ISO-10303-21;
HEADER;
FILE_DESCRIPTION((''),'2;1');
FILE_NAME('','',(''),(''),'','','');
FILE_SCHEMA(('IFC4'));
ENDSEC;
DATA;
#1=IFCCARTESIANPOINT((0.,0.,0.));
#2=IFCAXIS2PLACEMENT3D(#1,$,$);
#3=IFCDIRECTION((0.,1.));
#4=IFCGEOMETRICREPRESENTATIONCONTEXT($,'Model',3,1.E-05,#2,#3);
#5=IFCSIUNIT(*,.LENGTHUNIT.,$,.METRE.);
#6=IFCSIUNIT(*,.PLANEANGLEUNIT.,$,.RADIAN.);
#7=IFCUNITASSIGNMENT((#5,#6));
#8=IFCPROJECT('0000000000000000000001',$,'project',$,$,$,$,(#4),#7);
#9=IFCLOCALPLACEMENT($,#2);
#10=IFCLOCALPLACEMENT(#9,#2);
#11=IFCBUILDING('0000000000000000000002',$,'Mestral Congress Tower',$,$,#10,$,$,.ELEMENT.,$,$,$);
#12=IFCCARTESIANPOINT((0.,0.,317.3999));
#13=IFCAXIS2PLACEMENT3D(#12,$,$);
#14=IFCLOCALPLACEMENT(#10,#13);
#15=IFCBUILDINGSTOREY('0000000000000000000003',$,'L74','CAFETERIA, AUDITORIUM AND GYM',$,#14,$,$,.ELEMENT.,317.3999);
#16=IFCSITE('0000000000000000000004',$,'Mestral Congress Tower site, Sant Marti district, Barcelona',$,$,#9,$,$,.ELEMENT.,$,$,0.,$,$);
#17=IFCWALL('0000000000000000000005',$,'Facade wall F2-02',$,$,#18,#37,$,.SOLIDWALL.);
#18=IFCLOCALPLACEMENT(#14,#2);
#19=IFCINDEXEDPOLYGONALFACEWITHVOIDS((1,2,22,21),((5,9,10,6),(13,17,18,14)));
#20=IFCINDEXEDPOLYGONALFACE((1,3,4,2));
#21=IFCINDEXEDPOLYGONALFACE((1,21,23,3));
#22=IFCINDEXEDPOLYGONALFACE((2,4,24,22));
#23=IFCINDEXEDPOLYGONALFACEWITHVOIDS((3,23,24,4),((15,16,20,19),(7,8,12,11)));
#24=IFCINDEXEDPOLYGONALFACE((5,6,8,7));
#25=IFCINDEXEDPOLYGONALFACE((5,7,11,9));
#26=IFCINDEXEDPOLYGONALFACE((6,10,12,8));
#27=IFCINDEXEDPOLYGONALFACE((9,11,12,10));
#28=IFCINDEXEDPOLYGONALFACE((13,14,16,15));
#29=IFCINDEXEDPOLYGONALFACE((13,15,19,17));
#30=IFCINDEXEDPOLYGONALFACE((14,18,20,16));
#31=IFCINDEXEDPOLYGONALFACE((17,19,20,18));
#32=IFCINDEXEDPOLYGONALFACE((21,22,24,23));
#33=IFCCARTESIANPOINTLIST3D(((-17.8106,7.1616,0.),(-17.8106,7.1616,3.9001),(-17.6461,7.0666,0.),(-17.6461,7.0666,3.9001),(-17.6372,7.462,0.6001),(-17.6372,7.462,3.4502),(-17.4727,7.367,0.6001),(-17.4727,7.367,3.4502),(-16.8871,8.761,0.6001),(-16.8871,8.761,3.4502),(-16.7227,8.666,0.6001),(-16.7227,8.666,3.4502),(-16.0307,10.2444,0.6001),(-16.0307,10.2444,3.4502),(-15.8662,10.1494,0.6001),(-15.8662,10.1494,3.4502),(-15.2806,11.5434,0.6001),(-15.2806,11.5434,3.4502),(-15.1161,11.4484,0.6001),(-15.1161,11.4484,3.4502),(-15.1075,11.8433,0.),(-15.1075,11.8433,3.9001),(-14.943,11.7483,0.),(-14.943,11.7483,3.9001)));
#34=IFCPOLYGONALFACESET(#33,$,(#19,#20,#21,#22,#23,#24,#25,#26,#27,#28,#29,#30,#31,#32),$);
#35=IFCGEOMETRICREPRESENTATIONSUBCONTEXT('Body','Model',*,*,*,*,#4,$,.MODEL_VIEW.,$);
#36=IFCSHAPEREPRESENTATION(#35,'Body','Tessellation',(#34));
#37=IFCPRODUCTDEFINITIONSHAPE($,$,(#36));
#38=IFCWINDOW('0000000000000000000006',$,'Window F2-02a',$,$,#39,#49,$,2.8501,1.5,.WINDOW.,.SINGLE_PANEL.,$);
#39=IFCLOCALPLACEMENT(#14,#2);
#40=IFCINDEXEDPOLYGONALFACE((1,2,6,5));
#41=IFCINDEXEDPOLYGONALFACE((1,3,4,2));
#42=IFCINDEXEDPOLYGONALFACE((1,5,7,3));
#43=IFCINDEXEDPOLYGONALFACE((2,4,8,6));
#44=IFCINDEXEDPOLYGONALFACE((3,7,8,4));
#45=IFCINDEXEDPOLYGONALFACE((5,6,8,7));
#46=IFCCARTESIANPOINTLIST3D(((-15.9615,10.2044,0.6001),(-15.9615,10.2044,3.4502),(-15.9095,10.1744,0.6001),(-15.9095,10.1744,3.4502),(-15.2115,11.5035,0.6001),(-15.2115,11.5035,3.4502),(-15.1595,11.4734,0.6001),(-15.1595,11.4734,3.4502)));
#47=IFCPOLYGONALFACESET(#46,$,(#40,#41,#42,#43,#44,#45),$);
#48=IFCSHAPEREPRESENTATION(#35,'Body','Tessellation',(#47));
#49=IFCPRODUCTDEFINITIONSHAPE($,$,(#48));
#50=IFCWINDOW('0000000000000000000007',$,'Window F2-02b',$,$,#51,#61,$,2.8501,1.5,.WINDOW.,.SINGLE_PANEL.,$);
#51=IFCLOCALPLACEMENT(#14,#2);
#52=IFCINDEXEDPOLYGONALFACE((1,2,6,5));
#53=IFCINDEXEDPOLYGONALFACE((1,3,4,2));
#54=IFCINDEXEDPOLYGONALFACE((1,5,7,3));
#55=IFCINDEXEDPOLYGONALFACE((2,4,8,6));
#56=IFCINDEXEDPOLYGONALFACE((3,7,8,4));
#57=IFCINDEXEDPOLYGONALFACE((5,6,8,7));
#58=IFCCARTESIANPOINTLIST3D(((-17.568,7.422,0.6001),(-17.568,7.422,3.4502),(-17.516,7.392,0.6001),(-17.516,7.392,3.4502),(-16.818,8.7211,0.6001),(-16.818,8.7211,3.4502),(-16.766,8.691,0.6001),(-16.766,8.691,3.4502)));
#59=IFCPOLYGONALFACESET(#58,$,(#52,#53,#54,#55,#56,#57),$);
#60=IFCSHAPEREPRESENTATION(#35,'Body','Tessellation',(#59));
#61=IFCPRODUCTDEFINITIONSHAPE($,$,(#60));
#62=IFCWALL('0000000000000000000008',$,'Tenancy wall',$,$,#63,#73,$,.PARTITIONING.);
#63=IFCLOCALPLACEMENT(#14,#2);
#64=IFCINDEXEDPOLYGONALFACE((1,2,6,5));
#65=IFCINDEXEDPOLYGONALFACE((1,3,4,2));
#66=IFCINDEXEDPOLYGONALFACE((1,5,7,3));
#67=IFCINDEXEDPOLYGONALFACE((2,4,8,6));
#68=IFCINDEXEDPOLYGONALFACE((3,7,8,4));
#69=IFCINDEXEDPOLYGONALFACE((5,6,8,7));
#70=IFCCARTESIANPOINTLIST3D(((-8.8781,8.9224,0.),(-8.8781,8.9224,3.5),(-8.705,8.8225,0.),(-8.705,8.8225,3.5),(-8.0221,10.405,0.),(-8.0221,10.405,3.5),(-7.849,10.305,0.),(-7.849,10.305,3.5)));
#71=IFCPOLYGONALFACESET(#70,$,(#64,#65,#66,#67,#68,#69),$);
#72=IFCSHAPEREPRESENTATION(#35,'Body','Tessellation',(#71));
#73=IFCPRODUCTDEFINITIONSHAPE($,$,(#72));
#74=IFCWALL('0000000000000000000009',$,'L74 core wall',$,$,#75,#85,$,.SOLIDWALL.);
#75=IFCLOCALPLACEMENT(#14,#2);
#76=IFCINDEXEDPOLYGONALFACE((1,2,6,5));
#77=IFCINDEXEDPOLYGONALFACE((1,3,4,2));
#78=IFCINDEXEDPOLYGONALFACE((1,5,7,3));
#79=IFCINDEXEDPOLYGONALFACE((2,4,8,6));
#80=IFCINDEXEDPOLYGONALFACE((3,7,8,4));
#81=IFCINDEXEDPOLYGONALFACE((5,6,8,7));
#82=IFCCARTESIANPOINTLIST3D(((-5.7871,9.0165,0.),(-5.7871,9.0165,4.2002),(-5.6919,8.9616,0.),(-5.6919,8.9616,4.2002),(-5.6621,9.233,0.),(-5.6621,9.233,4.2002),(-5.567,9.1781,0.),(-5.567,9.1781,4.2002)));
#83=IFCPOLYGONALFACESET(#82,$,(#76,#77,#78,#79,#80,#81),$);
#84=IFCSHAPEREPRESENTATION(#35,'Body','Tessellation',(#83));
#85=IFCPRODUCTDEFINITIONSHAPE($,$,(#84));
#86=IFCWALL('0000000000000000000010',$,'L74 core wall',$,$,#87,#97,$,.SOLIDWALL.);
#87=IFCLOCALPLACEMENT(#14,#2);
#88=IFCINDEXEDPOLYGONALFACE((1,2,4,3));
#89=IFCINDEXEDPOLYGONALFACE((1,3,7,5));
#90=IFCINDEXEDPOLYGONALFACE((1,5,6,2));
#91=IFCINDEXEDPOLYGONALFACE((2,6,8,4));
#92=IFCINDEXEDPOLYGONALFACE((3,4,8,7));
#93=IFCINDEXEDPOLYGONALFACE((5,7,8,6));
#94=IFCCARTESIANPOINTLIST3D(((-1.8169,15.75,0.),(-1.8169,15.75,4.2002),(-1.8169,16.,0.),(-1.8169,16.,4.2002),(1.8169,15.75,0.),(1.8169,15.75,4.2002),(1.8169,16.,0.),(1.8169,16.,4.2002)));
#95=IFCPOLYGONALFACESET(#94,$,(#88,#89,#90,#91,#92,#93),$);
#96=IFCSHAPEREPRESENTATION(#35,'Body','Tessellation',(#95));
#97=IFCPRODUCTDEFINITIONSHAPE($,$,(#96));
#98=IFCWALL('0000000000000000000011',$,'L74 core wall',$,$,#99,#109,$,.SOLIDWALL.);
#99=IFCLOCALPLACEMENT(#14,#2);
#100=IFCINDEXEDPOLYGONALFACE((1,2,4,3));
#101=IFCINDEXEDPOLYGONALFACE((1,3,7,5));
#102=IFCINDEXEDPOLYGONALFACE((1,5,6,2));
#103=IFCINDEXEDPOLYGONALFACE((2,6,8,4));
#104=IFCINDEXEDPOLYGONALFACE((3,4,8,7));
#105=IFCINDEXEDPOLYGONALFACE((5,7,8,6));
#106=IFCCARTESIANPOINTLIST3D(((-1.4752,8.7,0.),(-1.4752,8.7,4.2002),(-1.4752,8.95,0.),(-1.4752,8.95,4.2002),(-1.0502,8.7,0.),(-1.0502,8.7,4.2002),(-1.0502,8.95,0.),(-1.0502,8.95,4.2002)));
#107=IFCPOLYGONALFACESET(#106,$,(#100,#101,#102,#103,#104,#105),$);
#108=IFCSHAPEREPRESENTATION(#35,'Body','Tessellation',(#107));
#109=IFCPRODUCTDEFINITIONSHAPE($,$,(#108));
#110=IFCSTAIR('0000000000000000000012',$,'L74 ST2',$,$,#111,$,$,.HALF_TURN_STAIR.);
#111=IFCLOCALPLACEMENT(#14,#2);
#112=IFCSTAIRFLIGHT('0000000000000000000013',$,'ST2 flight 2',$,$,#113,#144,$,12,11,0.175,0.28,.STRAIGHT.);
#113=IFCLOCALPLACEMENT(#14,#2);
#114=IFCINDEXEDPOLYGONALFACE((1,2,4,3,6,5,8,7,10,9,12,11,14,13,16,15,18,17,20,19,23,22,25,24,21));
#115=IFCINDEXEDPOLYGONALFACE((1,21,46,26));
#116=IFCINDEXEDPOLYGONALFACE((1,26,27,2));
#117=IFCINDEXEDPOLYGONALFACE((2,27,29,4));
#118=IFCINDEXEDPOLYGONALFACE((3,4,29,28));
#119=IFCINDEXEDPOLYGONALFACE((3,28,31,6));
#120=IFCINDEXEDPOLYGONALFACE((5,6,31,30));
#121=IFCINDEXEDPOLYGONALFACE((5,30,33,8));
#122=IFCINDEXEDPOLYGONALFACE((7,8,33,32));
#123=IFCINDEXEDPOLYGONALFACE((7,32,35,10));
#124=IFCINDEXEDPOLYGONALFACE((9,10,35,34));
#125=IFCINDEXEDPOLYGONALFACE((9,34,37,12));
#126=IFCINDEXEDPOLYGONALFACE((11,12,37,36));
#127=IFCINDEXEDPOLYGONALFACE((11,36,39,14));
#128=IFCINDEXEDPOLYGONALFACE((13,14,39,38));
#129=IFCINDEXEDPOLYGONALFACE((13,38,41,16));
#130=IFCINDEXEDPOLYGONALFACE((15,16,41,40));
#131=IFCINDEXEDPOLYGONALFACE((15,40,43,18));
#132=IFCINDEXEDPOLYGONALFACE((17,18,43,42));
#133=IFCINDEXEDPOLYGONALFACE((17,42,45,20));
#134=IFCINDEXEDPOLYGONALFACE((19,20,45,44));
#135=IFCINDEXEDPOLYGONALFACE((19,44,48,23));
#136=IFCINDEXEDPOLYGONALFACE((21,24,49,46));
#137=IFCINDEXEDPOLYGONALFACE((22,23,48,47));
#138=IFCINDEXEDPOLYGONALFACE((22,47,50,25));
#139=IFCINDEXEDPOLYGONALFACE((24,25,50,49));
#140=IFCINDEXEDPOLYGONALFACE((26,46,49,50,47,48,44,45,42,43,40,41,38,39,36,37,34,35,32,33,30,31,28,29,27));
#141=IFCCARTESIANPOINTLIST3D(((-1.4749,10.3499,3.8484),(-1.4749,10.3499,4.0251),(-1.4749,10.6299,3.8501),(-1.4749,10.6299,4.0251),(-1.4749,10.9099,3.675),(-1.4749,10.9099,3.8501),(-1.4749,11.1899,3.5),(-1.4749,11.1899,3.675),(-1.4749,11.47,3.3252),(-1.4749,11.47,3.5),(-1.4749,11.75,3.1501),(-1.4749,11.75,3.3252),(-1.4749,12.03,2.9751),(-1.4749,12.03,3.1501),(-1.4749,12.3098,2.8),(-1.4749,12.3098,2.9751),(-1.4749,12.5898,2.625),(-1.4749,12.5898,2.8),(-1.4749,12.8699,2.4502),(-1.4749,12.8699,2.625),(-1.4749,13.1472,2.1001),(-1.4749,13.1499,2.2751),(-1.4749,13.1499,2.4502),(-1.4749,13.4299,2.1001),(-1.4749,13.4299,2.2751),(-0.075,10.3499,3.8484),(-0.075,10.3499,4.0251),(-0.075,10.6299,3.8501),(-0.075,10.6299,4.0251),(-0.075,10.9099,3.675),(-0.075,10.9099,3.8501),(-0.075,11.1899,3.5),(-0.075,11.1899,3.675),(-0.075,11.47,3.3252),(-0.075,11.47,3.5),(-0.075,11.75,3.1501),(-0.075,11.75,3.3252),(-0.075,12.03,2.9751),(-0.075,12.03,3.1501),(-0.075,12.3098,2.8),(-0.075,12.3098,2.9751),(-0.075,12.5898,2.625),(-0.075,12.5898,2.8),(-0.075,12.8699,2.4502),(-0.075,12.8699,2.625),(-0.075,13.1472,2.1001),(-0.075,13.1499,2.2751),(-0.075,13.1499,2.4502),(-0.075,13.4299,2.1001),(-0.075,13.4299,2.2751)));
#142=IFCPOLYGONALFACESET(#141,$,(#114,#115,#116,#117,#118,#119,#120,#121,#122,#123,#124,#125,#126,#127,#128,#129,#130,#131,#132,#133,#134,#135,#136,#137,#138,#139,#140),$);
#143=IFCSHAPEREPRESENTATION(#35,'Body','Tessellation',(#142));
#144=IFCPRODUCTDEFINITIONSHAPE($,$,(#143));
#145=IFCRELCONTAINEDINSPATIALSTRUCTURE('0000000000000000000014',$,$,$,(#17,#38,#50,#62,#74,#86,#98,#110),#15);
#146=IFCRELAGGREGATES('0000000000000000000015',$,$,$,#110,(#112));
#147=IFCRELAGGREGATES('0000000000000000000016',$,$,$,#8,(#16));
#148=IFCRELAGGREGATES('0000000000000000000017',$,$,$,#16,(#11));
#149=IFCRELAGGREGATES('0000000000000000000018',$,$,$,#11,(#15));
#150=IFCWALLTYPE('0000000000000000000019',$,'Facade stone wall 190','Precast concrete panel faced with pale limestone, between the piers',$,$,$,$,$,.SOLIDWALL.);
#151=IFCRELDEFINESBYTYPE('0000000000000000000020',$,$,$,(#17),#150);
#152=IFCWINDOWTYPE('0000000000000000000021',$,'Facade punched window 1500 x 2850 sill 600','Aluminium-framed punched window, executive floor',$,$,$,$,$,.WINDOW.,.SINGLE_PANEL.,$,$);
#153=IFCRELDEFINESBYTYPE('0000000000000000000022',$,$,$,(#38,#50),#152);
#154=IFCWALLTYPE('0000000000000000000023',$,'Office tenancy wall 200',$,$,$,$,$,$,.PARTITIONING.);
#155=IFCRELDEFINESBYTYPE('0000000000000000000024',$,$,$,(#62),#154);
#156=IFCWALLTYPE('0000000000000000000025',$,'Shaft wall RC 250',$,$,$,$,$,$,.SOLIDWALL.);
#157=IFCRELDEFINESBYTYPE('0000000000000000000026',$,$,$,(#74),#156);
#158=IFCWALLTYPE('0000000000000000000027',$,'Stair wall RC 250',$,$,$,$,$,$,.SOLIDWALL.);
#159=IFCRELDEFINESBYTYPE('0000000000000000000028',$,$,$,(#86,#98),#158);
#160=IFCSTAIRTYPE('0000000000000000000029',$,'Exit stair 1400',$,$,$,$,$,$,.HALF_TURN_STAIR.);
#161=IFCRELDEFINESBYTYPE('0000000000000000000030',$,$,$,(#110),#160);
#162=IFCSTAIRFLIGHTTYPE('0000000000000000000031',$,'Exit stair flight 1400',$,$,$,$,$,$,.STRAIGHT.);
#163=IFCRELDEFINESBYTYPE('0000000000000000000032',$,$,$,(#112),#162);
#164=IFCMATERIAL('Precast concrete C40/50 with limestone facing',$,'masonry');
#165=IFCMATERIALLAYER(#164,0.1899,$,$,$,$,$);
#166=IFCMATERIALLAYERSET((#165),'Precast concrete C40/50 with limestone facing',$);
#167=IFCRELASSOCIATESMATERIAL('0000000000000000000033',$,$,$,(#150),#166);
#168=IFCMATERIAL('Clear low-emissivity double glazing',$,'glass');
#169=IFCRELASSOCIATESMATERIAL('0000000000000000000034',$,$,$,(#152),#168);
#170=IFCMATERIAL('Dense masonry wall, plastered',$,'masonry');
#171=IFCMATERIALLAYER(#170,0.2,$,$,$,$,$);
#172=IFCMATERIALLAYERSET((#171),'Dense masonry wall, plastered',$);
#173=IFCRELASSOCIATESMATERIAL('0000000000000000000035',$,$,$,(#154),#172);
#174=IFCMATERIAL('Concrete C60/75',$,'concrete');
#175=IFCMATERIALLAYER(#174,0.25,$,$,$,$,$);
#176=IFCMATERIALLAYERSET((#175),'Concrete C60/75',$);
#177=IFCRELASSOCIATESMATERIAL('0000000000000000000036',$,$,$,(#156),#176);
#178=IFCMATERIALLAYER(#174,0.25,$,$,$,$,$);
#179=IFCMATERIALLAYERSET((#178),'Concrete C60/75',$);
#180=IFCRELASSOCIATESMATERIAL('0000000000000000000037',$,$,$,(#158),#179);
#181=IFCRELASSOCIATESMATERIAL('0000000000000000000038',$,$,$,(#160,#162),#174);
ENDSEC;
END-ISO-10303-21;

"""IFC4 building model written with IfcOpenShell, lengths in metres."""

from ifc_helpers import new_model, si_unit, direction, frame, frame_2d, origin, place, context, subcontext, project, spatial, polyline, rectangle, outline, extrude, material, layer, layer_set, type_object, element, fill, aggregate, save


model = new_model("IFC4")

# Units and contexts
model_context = context("Model", 3, precision=1e-05, world=origin(), true_north=direction((0.0, 1.0)))
body_context = subcontext(model_context, "Body", "Model", "MODEL_VIEW")
ifc_project = project(units=[si_unit("LENGTHUNIT", "METRE"), si_unit("PLANEANGLEUNIT", "RADIAN")], contexts=[model_context])

# Site, building, storey
site_placement = place(None, origin())
site = spatial("IfcSite", under=ifc_project, at=site_placement, Name="Mestral Congress Tower site, Sant Marti district, Barcelona", CompositionType="ELEMENT", RefElevation=0.0)
building_placement = place(site_placement, origin())
building = spatial("IfcBuilding", under=site, at=building_placement, Name="Mestral Congress Tower", CompositionType="ELEMENT")
storey_placement = place(building_placement, frame((0.0, 0.0, 317.3999)))
storey = spatial("IfcBuildingStorey", under=building, at=storey_placement, Name="L74", Description="CAFETERIA, AUDITORIUM AND GYM", CompositionType="ELEMENT", Elevation=317.3999)

# Shared definitions
ifc_material_1 = material(Name="Concrete C60/75", Category="concrete")

# Wall, openings, windows
ifc_material_2 = material(Name="Precast concrete C40/50 with limestone facing", Category="masonry")
ifc_layer_1 = layer(ifc_material_2, 0.1899)
ifc_layer_set_1 = layer_set([ifc_layer_1], Name="Precast concrete C40/50 with limestone facing")
wall_type_1 = type_object("IfcWallType", Name="Facade stone wall 190", Description="Precast concrete panel faced with pale limestone, between the piers", PredefinedType="SOLIDWALL", material=ifc_layer_set_1)
ifc_material_3 = material(Name="Clear low-emissivity double glazing", Category="glass")
window_type = type_object("IfcWindowType", Name="Facade punched window 1500 x 2850 sill 600", Description="Aluminium-framed punched window, executive floor", PartitioningType="SINGLE_PANEL", PredefinedType="WINDOW", material=ifc_material_3)
wall_1_placement = place(storey_placement, frame((-15.0251, 11.7959, 0.0), z_axis=(0.0, 0.0, 1.0), x_axis=(-0.500025, -0.866011, 0.0)))
wall_1 = element("IfcWall", 1, at=wall_1_placement, inside=storey, type_object=wall_type_1, Name="Facade wall F2-02", PredefinedType="SOLIDWALL", context=body_context, shape_type="SweptSolid", body=[
    extrude(rectangle(XDim=5.406, YDim=0.1899, at=frame_2d((2.7031, 0.0))), origin(), (0.0, 0.0, 1.0), 3.9001),
])
opening_1_placement = place(wall_1_placement, frame((0.3464, 0.0, 0.6001)))
opening_1 = element("IfcOpeningElement", 2, at=opening_1_placement, cuts=wall_1, PredefinedType="OPENING", context=body_context, shape_type="SweptSolid", body=[
    extrude(rectangle(XDim=1.5, YDim=2.8501, at=frame_2d((0.75, 1.425))), frame((0.0, 0.105, 0.0), z_axis=(0.0, -1.0, 0.0), x_axis=(1.0, 0.0, 0.0)), (0.0, 0.0, 1.0), 0.21),
])
opening_2_placement = place(wall_1_placement, frame((3.5593, 0.0, 0.6001)))
opening_2 = element("IfcOpeningElement", 3, at=opening_2_placement, cuts=wall_1, PredefinedType="OPENING", context=body_context, shape_type="SweptSolid", body=[
    extrude(rectangle(XDim=1.5, YDim=2.8501, at=frame_2d((0.75, 1.425))), frame((0.0, 0.105, 0.0), z_axis=(0.0, -1.0, 0.0), x_axis=(1.0, 0.0, 0.0)), (0.0, 0.0, 1.0), 0.21),
])
window_1_placement = place(opening_1_placement, origin())
window_1 = element("IfcWindow", 4, at=window_1_placement, inside=storey, type_object=window_type, Name="Window F2-02a", OverallHeight=2.8501, OverallWidth=1.5, PartitioningType="SINGLE_PANEL", PredefinedType="WINDOW", context=body_context, shape_type="SweptSolid", body=[
    extrude(rectangle(XDim=1.5, YDim=2.8501, at=frame_2d((0.75, 1.425))), frame((0.0, 0.0449, 0.0), z_axis=(0.0, -1.0, 0.0), x_axis=(1.0, 0.0, 0.0)), (0.0, 0.0, 1.0), 0.0601),
])
fill(opening_1, window_1)
window_2_placement = place(opening_2_placement, origin())
window_2 = element("IfcWindow", 5, at=window_2_placement, inside=storey, type_object=window_type, Name="Window F2-02b", OverallHeight=2.8501, OverallWidth=1.5, PartitioningType="SINGLE_PANEL", PredefinedType="WINDOW", context=body_context, shape_type="SweptSolid", body=[
    extrude(rectangle(XDim=1.5, YDim=2.8501, at=frame_2d((0.75, 1.425))), frame((0.0, 0.0449, 0.0), z_axis=(0.0, -1.0, 0.0), x_axis=(1.0, 0.0, 0.0)), (0.0, 0.0, 1.0), 0.0601),
])
fill(opening_2, window_2)

# Walls
ifc_material_4 = material(Name="Dense masonry wall, plastered", Category="masonry")
ifc_layer_2 = layer(ifc_material_4, 0.2)
ifc_layer_set_2 = layer_set([ifc_layer_2], Name="Dense masonry wall, plastered")
wall_type_2 = type_object("IfcWallType", Name="Office tenancy wall 200", PredefinedType="PARTITIONING", material=ifc_layer_set_2)
wall_2_placement = place(storey_placement, frame((-7.9355, 10.355, 0.0), z_axis=(0.0, 0.0, 1.0), x_axis=(-0.500035, -0.866005, 0.0)))
element("IfcWall", 6, at=wall_2_placement, inside=storey, type_object=wall_type_2, Name="Tenancy wall", PredefinedType="PARTITIONING", context=body_context, shape_type="SweptSolid", body=[
    extrude(rectangle(XDim=1.7119, YDim=0.2, at=frame_2d((0.856, 0.0))), origin(), (0.0, 0.0, 1.0), 3.5),
])
ifc_layer_3 = layer(ifc_material_1, 0.25)
ifc_layer_set_3 = layer_set([ifc_layer_3], Name="Concrete C60/75")
wall_type_3 = type_object("IfcWallType", Name="Shaft wall RC 250", PredefinedType="SOLIDWALL", material=ifc_layer_set_3)
wall_3_placement = place(storey_placement, frame((-5.7246, 9.1248, 0.0), z_axis=(0.0, 0.0, 1.0), x_axis=(0.866186, -0.499722, 0.0)))
element("IfcWall", 7, at=wall_3_placement, inside=storey, type_object=wall_type_3, Name="L74 core wall", PredefinedType="SOLIDWALL", context=body_context, shape_type="SweptSolid", body=[
    extrude(rectangle(XDim=0.1099, YDim=0.25, at=frame_2d((0.0549, 0.0))), origin(), (0.0, 0.0, 1.0), 4.2002),
])
ifc_layer_4 = layer(ifc_material_1, 0.25)
ifc_layer_set_4 = layer_set([ifc_layer_4], Name="Concrete C60/75")
wall_type_4 = type_object("IfcWallType", Name="Stair wall RC 250", PredefinedType="SOLIDWALL", material=ifc_layer_set_4)
wall_4_placement = place(storey_placement, frame((-1.8169, 15.875, 0.0), z_axis=(0.0, 0.0, 1.0), x_axis=(1.0, 0.0, 0.0)))
element("IfcWall", 8, at=wall_4_placement, inside=storey, type_object=wall_type_4, Name="L74 core wall", PredefinedType="SOLIDWALL", context=body_context, shape_type="SweptSolid", body=[
    extrude(rectangle(XDim=3.6338, YDim=0.25, at=frame_2d((1.8169, 0.0))), origin(), (0.0, 0.0, 1.0), 4.2002),
])
wall_5_placement = place(storey_placement, frame((-1.4751, 8.825, 0.0), z_axis=(0.0, 0.0, 1.0), x_axis=(1.0, 0.0, 0.0)))
element("IfcWall", 9, at=wall_5_placement, inside=storey, type_object=wall_type_4, Name="L74 core wall", PredefinedType="SOLIDWALL", context=body_context, shape_type="SweptSolid", body=[
    extrude(rectangle(XDim=0.425, YDim=0.25, at=frame_2d((0.2124, 0.0))), origin(), (0.0, 0.0, 1.0), 4.2002),
])

# Stair, stair flight
stair_type = type_object("IfcStairType", Name="Exit stair 1400", PredefinedType="HALF_TURN_STAIR", material=ifc_material_1)
stair_placement = place(storey_placement, origin())
stair = element("IfcStair", 10, at=stair_placement, inside=storey, type_object=stair_type, Name="L74 ST2", PredefinedType="HALF_TURN_STAIR")
stair_flight_type = type_object("IfcStairFlightType", Name="Exit stair flight 1400", PredefinedType="STRAIGHT", material=ifc_material_1)
stair_flight_placement = place(storey_placement, frame((-0.7749, 13.4299, 2.1001), z_axis=(0.0, 0.0, 1.0), x_axis=(0.0, -1.0, 0.0)))
stair_flight = element("IfcStairFlight", 11, at=stair_flight_placement, type_object=stair_flight_type, Name="ST2 flight 2", NumberOfRisers=12, NumberOfTreads=11, PredefinedType="STRAIGHT", RiserHeight=0.175, TreadLength=0.28, context=body_context, shape_type="SweptSolid", body=[
    extrude(outline(polyline([(0.0, 0.0), (0.0, 0.175), (0.28, 0.175), (0.28, 0.3501), (0.5601, 0.3501), (0.5601, 0.5249), (0.8401, 0.5249), (0.8401, 0.7), (1.1201, 0.7), (1.1201, 0.875), (1.3999, 0.875), (1.3999, 1.05), (1.6799, 1.05), (1.6799, 1.2251), (1.96, 1.2251), (1.96, 1.3999), (2.24, 1.3999), (2.24, 1.575), (2.52, 1.575), (2.52, 1.75), (2.8, 1.75), (2.8, 1.925), (3.0801, 1.925), (3.0801, 2.1001), (3.0801, 1.7483), (0.2827, 0.0), (0.0, 0.0)])), frame((0.0, 0.7, 0.0), z_axis=(0.0, -1.0, 0.0), x_axis=(1.0, 0.0, 0.0)), (0.0, 0.0, 1.0), 1.3999),
])
aggregate(stair, [stair_flight])

save(model, "model.ifc")
